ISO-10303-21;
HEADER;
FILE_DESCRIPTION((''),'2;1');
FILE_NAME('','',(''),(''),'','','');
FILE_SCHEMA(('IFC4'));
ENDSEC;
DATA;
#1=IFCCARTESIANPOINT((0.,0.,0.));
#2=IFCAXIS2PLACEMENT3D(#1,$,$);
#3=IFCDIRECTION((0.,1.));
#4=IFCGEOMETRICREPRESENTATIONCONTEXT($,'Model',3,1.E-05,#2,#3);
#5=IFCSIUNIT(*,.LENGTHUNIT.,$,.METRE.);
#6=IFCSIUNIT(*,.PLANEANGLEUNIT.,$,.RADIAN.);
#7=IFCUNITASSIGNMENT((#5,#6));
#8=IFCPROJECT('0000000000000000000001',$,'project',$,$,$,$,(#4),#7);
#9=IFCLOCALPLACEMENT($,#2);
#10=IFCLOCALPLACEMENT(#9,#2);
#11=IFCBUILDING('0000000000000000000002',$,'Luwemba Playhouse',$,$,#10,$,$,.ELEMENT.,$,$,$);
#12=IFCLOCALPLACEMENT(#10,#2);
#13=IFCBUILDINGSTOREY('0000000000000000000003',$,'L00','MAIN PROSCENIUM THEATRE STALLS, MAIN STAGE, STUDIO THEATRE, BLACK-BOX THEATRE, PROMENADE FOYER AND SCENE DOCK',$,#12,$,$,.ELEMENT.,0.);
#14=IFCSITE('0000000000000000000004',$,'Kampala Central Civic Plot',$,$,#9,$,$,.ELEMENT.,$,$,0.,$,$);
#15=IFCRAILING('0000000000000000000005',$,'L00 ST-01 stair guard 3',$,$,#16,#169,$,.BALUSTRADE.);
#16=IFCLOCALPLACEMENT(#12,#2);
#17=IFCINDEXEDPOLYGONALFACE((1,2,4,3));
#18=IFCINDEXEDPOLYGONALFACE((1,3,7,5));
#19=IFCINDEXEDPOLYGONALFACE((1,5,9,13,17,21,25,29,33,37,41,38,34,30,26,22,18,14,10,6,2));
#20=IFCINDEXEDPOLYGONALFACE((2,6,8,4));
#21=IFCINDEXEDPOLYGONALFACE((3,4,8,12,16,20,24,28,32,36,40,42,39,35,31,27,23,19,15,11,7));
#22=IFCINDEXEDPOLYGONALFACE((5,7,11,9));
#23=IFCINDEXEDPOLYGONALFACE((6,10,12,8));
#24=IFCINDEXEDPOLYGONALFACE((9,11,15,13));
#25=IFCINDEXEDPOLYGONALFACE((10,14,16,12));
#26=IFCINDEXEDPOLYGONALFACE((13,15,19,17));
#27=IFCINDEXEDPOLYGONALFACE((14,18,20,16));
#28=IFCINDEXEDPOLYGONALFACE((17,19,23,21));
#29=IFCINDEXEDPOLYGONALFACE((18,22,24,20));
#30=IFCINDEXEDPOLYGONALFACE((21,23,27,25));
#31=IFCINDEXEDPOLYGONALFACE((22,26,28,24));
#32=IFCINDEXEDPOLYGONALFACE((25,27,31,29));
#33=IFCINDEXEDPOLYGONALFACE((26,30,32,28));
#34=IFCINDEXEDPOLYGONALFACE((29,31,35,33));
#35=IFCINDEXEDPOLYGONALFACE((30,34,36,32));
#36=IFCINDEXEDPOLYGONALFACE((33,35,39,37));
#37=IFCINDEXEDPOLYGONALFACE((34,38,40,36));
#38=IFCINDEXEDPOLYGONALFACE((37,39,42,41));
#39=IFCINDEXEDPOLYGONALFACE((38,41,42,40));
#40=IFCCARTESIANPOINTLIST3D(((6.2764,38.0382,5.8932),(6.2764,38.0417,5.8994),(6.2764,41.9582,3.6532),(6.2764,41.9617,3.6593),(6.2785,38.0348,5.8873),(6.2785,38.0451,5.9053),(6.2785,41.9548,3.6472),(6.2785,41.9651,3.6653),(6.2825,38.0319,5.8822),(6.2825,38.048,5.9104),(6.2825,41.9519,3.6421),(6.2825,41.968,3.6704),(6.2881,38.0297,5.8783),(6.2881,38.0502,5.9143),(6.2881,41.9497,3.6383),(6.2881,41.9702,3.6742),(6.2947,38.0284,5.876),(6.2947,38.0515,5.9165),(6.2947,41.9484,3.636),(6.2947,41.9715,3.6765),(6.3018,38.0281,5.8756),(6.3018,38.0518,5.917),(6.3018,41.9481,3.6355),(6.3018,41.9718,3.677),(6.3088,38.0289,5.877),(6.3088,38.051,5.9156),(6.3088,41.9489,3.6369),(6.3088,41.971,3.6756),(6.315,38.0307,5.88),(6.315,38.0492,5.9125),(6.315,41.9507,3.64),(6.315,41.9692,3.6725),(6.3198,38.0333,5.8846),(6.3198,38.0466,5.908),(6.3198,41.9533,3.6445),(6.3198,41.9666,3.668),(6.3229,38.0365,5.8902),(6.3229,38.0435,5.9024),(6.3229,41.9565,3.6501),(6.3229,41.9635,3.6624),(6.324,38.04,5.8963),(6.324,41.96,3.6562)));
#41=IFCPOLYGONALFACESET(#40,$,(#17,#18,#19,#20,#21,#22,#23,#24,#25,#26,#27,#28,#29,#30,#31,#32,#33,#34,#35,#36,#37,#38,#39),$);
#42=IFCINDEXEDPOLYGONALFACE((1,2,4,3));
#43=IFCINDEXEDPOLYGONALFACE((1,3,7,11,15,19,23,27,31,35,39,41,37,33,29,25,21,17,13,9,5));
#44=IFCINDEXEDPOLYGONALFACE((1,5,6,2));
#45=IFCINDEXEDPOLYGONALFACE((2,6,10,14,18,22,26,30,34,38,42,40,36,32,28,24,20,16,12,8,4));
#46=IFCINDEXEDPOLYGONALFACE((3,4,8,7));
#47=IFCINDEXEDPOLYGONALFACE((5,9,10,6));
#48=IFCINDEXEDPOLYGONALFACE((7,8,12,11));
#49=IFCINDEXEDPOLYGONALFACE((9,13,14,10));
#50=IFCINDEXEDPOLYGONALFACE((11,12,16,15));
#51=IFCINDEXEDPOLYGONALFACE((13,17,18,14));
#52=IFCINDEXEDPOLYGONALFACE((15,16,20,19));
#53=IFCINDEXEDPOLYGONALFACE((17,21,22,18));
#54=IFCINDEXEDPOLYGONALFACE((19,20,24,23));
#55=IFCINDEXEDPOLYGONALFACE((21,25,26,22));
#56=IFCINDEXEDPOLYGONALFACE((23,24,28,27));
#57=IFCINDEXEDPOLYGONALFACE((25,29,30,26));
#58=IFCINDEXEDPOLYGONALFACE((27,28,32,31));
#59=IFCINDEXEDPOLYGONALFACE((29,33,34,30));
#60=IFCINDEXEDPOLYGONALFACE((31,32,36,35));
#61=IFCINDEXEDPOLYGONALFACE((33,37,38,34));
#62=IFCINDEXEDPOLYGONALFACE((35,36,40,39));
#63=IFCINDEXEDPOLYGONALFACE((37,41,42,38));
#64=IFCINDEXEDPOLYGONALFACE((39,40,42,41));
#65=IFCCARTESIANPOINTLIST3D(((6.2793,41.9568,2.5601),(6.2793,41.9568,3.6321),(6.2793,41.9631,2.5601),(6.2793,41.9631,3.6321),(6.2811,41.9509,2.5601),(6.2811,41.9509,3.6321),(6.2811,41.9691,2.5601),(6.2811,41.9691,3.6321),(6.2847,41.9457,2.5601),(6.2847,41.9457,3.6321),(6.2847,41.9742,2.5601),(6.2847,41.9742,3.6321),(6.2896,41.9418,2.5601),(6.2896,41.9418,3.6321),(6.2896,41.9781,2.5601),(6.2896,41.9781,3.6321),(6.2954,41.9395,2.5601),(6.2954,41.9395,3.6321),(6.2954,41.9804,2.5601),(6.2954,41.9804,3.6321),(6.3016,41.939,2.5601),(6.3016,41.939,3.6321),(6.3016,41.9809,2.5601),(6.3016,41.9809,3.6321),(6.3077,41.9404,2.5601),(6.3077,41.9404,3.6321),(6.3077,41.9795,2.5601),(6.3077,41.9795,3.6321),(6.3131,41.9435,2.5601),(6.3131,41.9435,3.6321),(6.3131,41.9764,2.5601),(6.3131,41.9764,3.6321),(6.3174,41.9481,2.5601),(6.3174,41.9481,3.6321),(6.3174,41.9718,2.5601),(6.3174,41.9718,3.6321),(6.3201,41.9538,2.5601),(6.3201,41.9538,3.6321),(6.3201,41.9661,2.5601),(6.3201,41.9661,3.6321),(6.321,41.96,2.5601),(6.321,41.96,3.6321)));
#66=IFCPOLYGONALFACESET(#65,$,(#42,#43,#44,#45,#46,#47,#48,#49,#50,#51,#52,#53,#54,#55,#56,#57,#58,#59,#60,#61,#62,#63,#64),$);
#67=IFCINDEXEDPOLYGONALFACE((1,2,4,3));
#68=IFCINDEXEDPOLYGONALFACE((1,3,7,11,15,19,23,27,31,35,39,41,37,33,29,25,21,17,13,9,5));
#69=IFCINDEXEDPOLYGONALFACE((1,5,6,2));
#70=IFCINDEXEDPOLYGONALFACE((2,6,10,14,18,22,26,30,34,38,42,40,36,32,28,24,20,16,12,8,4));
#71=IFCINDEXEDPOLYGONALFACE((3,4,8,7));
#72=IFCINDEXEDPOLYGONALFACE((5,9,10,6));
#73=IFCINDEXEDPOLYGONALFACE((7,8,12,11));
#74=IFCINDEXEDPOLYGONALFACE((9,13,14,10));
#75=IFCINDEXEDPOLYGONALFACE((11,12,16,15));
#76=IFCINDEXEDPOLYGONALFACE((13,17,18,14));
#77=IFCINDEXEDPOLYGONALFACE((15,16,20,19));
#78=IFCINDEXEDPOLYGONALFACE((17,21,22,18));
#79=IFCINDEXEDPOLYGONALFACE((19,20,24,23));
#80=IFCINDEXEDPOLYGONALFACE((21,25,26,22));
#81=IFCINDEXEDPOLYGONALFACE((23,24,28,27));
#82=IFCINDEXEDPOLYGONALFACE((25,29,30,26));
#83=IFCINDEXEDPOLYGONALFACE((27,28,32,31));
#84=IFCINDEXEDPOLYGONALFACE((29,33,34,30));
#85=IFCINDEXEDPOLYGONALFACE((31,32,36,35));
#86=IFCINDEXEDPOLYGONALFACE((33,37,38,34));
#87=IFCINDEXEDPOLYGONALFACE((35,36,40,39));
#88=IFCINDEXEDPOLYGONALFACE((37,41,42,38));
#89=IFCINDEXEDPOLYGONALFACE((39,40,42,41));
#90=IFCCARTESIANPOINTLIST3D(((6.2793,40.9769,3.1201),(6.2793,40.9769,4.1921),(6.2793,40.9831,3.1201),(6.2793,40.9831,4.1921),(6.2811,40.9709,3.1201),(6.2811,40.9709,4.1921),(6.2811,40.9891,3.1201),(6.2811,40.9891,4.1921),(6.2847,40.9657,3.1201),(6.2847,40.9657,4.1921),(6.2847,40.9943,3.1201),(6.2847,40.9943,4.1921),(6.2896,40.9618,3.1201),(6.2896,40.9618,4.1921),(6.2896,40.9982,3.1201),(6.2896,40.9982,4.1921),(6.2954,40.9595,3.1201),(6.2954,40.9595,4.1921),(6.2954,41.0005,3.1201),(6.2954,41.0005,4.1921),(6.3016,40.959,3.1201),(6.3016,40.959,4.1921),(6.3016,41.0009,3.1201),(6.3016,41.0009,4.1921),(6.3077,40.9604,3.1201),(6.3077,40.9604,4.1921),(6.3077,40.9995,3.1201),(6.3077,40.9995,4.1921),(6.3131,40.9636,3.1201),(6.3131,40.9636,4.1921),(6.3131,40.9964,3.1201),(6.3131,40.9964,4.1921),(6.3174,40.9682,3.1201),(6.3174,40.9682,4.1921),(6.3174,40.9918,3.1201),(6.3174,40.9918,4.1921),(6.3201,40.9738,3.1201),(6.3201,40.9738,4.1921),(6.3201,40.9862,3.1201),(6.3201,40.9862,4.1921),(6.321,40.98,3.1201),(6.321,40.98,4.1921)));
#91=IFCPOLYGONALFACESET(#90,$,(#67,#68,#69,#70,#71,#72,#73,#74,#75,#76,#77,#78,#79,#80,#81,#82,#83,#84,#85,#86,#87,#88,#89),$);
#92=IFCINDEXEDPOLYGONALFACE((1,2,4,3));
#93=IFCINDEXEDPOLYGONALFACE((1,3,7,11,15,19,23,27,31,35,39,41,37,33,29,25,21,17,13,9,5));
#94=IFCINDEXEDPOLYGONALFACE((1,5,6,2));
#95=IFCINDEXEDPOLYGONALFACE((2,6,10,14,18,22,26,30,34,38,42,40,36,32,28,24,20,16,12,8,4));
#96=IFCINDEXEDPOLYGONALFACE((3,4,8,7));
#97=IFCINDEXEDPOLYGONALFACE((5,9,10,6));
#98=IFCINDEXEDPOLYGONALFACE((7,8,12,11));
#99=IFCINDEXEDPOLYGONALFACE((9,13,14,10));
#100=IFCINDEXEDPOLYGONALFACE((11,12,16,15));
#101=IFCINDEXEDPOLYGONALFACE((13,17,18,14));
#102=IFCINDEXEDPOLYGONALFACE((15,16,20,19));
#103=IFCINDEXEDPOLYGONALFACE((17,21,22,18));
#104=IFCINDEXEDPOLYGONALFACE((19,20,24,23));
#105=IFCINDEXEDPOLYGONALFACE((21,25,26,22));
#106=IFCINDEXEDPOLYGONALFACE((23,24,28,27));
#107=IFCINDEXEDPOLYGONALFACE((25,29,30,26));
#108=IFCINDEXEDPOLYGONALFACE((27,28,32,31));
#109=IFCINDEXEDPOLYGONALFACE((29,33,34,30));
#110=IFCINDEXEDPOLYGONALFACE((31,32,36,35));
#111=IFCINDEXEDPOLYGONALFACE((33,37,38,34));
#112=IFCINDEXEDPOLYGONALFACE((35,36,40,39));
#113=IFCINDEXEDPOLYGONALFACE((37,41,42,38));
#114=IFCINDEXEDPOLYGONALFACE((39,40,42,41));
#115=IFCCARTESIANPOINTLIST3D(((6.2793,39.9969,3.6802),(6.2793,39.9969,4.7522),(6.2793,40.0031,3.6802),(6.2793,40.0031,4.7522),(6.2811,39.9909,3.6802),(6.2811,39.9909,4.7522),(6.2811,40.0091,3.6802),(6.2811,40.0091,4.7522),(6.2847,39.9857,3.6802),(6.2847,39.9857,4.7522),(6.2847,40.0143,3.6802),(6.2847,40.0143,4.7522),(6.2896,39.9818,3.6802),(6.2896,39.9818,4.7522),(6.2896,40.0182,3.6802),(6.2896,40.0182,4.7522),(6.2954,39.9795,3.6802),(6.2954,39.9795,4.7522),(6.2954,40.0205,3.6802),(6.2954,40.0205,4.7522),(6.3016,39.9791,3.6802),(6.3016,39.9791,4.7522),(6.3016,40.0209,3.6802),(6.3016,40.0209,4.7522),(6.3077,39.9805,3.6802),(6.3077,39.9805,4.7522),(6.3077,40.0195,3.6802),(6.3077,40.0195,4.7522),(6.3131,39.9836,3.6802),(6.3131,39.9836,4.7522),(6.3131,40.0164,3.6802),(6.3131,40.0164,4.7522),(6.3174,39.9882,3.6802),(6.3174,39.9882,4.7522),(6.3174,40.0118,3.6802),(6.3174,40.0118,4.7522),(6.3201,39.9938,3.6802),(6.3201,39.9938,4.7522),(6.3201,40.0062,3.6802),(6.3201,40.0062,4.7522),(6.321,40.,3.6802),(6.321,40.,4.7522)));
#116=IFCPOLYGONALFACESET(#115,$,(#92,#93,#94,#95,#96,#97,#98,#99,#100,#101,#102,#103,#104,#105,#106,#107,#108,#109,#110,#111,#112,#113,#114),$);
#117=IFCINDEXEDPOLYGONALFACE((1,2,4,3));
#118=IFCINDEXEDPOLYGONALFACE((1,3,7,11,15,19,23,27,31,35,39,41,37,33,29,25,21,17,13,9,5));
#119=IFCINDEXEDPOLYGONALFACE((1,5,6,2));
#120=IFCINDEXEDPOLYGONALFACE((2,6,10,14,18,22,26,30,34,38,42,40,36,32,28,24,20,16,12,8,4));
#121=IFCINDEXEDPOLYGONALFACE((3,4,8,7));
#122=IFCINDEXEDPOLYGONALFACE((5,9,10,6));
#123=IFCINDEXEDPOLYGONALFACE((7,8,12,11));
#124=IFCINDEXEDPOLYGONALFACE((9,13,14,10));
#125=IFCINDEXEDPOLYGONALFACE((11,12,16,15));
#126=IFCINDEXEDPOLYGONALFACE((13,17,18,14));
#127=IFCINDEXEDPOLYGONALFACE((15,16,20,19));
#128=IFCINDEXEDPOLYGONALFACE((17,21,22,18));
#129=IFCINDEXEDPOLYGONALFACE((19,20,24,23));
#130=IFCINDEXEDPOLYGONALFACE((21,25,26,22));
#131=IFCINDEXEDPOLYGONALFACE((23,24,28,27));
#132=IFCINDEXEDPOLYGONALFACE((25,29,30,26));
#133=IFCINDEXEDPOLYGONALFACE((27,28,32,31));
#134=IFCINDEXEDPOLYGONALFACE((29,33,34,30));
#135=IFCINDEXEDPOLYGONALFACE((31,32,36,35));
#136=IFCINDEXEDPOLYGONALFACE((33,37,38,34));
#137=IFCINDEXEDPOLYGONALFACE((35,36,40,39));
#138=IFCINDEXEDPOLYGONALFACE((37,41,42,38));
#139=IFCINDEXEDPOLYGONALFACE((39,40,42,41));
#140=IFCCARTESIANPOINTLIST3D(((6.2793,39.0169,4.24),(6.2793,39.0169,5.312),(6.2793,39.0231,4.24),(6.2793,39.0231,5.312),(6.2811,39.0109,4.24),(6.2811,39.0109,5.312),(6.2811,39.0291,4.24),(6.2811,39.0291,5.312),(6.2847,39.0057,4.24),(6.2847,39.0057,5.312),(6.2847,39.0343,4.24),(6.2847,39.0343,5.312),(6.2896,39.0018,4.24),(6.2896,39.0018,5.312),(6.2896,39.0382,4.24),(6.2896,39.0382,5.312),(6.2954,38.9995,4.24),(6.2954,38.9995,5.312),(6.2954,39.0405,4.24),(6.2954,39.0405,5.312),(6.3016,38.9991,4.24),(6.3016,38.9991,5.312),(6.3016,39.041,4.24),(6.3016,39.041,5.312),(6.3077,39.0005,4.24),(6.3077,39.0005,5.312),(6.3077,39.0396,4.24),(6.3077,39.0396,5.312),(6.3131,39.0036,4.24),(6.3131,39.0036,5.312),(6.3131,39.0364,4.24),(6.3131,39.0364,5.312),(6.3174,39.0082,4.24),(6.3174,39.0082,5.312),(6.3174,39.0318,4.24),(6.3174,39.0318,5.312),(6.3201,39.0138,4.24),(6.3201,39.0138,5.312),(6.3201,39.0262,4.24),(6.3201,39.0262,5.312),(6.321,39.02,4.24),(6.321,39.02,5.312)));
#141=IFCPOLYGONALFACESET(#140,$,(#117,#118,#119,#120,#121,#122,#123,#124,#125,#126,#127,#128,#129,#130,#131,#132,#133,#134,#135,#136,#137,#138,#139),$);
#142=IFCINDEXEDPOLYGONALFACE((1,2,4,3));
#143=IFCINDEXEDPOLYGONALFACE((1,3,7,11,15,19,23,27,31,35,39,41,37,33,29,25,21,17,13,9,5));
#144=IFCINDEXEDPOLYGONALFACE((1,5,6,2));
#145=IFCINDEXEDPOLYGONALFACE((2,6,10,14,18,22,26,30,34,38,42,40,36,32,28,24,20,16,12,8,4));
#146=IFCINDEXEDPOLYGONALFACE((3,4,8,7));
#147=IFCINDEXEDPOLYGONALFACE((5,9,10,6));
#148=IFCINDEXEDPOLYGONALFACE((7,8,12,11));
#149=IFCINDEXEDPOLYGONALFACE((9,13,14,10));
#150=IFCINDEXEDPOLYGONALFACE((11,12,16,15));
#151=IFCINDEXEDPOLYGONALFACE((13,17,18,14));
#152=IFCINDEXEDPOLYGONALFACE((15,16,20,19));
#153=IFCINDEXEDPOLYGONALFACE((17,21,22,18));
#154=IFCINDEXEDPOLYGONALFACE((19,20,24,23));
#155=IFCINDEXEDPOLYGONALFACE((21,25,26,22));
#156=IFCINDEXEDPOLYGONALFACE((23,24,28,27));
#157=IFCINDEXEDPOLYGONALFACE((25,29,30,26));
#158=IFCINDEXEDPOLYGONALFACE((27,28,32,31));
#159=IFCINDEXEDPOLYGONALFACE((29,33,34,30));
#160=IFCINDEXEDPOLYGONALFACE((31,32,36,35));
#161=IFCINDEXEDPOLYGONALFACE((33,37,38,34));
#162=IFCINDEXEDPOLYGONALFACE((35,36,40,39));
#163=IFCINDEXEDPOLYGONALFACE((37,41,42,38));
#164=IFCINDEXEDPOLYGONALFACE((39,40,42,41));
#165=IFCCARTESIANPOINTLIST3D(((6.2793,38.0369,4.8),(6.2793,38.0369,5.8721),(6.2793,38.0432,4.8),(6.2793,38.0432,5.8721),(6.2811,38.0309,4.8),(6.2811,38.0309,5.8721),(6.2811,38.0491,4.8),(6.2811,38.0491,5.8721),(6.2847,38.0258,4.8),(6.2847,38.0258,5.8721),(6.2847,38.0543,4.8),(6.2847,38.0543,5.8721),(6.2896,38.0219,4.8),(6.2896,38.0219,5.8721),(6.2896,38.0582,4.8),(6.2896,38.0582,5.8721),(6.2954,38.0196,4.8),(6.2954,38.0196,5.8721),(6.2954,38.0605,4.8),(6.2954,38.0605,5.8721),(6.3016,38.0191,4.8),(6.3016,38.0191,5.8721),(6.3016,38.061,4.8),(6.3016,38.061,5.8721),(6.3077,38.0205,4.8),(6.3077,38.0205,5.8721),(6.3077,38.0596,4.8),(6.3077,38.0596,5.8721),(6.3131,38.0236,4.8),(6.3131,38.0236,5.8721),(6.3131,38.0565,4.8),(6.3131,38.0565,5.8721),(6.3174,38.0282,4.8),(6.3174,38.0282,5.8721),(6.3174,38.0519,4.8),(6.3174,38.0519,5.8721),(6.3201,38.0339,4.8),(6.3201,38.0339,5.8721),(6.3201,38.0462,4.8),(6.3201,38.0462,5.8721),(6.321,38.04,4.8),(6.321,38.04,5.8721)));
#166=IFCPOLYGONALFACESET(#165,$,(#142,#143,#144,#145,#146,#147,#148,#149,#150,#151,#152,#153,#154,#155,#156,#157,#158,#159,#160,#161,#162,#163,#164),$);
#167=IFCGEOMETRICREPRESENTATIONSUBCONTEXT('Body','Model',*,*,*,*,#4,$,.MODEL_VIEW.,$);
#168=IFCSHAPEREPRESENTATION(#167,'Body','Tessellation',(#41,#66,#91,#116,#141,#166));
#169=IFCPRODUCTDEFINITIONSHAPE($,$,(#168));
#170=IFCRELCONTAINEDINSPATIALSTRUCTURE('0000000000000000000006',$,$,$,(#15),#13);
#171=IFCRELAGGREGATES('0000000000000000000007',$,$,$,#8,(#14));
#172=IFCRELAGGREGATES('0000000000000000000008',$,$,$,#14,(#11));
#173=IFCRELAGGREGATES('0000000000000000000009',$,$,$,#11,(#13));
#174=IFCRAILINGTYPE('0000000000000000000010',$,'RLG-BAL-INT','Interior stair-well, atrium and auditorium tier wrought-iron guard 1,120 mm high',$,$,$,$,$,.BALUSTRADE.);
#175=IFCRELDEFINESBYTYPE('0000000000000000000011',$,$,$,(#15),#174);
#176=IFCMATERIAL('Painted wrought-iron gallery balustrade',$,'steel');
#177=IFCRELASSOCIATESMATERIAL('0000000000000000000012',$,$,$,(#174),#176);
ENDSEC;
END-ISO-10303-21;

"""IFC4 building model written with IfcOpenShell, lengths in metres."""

from ifc_helpers import new_model, si_unit, direction, frame, origin, origin_2d, place, context, subcontext, project, spatial, circle, extrude, material, type_object, element, save


model = new_model("IFC4")

# Units and contexts
model_context = context("Model", 3, precision=1e-05, world=origin(), true_north=direction((0.0, 1.0)))
body_context = subcontext(model_context, "Body", "Model", "MODEL_VIEW")
ifc_project = project(units=[si_unit("LENGTHUNIT", "METRE"), si_unit("PLANEANGLEUNIT", "RADIAN")], contexts=[model_context])

# Site, building, storey
site_placement = place(None, origin())
site = spatial("IfcSite", under=ifc_project, at=site_placement, Name="Kampala Central Civic Plot", CompositionType="ELEMENT", RefElevation=0.0)
building_placement = place(site_placement, origin())
building = spatial("IfcBuilding", under=site, at=building_placement, Name="Luwemba Playhouse", CompositionType="ELEMENT")
storey_placement = place(building_placement, origin())
storey = spatial("IfcBuildingStorey", under=building, at=storey_placement, Name="L00", Description="MAIN PROSCENIUM THEATRE STALLS, MAIN STAGE, STUDIO THEATRE, BLACK-BOX THEATRE, PROMENADE FOYER AND SCENE DOCK", CompositionType="ELEMENT", Elevation=0.0)

# Railing
ifc_material_1 = material(Name="Painted wrought-iron gallery balustrade", Category="steel")
railing_type_1 = type_object("IfcRailingType", Name="RLG-BAL-INT", Description="Interior stair-well, atrium and auditorium tier wrought-iron guard 1,120 mm high", PredefinedType="BALUSTRADE", material=ifc_material_1)
railing_1_placement = place(storey_placement, frame((6.3, 41.96, 2.5601)))
element("IfcRailing", 1, at=railing_1_placement, inside=storey, type_object=railing_type_1, Name="L00 ST-01 stair guard 3", PredefinedType="BALUSTRADE", context=body_context, shape_type="SweptSolid", body=[
    extrude(circle(Radius=0.0239, at=origin_2d()), frame((0.0, 0.0, 1.0962), z_axis=(0.0, -0.86824, 0.496145), x_axis=(1.0, 0.0, 0.0)), (0.0, 0.0, 1.0), 4.5149),
    extrude(circle(Radius=0.021, at=origin_2d()), origin(), (0.0, 0.0, 1.0), 1.072),
    extrude(circle(Radius=0.021, at=origin_2d()), frame((0.0, -0.98, 0.5601)), (0.0, 0.0, 1.0), 1.072),
    extrude(circle(Radius=0.021, at=origin_2d()), frame((0.0, -1.96, 1.1201)), (0.0, 0.0, 1.0), 1.072),
    extrude(circle(Radius=0.021, at=origin_2d()), frame((0.0, -2.9399, 1.6799)), (0.0, 0.0, 1.0), 1.072),
    extrude(circle(Radius=0.021, at=origin_2d()), frame((0.0, -3.9199, 2.24)), (0.0, 0.0, 1.0), 1.072),
])

save(model, "model.ifc")
